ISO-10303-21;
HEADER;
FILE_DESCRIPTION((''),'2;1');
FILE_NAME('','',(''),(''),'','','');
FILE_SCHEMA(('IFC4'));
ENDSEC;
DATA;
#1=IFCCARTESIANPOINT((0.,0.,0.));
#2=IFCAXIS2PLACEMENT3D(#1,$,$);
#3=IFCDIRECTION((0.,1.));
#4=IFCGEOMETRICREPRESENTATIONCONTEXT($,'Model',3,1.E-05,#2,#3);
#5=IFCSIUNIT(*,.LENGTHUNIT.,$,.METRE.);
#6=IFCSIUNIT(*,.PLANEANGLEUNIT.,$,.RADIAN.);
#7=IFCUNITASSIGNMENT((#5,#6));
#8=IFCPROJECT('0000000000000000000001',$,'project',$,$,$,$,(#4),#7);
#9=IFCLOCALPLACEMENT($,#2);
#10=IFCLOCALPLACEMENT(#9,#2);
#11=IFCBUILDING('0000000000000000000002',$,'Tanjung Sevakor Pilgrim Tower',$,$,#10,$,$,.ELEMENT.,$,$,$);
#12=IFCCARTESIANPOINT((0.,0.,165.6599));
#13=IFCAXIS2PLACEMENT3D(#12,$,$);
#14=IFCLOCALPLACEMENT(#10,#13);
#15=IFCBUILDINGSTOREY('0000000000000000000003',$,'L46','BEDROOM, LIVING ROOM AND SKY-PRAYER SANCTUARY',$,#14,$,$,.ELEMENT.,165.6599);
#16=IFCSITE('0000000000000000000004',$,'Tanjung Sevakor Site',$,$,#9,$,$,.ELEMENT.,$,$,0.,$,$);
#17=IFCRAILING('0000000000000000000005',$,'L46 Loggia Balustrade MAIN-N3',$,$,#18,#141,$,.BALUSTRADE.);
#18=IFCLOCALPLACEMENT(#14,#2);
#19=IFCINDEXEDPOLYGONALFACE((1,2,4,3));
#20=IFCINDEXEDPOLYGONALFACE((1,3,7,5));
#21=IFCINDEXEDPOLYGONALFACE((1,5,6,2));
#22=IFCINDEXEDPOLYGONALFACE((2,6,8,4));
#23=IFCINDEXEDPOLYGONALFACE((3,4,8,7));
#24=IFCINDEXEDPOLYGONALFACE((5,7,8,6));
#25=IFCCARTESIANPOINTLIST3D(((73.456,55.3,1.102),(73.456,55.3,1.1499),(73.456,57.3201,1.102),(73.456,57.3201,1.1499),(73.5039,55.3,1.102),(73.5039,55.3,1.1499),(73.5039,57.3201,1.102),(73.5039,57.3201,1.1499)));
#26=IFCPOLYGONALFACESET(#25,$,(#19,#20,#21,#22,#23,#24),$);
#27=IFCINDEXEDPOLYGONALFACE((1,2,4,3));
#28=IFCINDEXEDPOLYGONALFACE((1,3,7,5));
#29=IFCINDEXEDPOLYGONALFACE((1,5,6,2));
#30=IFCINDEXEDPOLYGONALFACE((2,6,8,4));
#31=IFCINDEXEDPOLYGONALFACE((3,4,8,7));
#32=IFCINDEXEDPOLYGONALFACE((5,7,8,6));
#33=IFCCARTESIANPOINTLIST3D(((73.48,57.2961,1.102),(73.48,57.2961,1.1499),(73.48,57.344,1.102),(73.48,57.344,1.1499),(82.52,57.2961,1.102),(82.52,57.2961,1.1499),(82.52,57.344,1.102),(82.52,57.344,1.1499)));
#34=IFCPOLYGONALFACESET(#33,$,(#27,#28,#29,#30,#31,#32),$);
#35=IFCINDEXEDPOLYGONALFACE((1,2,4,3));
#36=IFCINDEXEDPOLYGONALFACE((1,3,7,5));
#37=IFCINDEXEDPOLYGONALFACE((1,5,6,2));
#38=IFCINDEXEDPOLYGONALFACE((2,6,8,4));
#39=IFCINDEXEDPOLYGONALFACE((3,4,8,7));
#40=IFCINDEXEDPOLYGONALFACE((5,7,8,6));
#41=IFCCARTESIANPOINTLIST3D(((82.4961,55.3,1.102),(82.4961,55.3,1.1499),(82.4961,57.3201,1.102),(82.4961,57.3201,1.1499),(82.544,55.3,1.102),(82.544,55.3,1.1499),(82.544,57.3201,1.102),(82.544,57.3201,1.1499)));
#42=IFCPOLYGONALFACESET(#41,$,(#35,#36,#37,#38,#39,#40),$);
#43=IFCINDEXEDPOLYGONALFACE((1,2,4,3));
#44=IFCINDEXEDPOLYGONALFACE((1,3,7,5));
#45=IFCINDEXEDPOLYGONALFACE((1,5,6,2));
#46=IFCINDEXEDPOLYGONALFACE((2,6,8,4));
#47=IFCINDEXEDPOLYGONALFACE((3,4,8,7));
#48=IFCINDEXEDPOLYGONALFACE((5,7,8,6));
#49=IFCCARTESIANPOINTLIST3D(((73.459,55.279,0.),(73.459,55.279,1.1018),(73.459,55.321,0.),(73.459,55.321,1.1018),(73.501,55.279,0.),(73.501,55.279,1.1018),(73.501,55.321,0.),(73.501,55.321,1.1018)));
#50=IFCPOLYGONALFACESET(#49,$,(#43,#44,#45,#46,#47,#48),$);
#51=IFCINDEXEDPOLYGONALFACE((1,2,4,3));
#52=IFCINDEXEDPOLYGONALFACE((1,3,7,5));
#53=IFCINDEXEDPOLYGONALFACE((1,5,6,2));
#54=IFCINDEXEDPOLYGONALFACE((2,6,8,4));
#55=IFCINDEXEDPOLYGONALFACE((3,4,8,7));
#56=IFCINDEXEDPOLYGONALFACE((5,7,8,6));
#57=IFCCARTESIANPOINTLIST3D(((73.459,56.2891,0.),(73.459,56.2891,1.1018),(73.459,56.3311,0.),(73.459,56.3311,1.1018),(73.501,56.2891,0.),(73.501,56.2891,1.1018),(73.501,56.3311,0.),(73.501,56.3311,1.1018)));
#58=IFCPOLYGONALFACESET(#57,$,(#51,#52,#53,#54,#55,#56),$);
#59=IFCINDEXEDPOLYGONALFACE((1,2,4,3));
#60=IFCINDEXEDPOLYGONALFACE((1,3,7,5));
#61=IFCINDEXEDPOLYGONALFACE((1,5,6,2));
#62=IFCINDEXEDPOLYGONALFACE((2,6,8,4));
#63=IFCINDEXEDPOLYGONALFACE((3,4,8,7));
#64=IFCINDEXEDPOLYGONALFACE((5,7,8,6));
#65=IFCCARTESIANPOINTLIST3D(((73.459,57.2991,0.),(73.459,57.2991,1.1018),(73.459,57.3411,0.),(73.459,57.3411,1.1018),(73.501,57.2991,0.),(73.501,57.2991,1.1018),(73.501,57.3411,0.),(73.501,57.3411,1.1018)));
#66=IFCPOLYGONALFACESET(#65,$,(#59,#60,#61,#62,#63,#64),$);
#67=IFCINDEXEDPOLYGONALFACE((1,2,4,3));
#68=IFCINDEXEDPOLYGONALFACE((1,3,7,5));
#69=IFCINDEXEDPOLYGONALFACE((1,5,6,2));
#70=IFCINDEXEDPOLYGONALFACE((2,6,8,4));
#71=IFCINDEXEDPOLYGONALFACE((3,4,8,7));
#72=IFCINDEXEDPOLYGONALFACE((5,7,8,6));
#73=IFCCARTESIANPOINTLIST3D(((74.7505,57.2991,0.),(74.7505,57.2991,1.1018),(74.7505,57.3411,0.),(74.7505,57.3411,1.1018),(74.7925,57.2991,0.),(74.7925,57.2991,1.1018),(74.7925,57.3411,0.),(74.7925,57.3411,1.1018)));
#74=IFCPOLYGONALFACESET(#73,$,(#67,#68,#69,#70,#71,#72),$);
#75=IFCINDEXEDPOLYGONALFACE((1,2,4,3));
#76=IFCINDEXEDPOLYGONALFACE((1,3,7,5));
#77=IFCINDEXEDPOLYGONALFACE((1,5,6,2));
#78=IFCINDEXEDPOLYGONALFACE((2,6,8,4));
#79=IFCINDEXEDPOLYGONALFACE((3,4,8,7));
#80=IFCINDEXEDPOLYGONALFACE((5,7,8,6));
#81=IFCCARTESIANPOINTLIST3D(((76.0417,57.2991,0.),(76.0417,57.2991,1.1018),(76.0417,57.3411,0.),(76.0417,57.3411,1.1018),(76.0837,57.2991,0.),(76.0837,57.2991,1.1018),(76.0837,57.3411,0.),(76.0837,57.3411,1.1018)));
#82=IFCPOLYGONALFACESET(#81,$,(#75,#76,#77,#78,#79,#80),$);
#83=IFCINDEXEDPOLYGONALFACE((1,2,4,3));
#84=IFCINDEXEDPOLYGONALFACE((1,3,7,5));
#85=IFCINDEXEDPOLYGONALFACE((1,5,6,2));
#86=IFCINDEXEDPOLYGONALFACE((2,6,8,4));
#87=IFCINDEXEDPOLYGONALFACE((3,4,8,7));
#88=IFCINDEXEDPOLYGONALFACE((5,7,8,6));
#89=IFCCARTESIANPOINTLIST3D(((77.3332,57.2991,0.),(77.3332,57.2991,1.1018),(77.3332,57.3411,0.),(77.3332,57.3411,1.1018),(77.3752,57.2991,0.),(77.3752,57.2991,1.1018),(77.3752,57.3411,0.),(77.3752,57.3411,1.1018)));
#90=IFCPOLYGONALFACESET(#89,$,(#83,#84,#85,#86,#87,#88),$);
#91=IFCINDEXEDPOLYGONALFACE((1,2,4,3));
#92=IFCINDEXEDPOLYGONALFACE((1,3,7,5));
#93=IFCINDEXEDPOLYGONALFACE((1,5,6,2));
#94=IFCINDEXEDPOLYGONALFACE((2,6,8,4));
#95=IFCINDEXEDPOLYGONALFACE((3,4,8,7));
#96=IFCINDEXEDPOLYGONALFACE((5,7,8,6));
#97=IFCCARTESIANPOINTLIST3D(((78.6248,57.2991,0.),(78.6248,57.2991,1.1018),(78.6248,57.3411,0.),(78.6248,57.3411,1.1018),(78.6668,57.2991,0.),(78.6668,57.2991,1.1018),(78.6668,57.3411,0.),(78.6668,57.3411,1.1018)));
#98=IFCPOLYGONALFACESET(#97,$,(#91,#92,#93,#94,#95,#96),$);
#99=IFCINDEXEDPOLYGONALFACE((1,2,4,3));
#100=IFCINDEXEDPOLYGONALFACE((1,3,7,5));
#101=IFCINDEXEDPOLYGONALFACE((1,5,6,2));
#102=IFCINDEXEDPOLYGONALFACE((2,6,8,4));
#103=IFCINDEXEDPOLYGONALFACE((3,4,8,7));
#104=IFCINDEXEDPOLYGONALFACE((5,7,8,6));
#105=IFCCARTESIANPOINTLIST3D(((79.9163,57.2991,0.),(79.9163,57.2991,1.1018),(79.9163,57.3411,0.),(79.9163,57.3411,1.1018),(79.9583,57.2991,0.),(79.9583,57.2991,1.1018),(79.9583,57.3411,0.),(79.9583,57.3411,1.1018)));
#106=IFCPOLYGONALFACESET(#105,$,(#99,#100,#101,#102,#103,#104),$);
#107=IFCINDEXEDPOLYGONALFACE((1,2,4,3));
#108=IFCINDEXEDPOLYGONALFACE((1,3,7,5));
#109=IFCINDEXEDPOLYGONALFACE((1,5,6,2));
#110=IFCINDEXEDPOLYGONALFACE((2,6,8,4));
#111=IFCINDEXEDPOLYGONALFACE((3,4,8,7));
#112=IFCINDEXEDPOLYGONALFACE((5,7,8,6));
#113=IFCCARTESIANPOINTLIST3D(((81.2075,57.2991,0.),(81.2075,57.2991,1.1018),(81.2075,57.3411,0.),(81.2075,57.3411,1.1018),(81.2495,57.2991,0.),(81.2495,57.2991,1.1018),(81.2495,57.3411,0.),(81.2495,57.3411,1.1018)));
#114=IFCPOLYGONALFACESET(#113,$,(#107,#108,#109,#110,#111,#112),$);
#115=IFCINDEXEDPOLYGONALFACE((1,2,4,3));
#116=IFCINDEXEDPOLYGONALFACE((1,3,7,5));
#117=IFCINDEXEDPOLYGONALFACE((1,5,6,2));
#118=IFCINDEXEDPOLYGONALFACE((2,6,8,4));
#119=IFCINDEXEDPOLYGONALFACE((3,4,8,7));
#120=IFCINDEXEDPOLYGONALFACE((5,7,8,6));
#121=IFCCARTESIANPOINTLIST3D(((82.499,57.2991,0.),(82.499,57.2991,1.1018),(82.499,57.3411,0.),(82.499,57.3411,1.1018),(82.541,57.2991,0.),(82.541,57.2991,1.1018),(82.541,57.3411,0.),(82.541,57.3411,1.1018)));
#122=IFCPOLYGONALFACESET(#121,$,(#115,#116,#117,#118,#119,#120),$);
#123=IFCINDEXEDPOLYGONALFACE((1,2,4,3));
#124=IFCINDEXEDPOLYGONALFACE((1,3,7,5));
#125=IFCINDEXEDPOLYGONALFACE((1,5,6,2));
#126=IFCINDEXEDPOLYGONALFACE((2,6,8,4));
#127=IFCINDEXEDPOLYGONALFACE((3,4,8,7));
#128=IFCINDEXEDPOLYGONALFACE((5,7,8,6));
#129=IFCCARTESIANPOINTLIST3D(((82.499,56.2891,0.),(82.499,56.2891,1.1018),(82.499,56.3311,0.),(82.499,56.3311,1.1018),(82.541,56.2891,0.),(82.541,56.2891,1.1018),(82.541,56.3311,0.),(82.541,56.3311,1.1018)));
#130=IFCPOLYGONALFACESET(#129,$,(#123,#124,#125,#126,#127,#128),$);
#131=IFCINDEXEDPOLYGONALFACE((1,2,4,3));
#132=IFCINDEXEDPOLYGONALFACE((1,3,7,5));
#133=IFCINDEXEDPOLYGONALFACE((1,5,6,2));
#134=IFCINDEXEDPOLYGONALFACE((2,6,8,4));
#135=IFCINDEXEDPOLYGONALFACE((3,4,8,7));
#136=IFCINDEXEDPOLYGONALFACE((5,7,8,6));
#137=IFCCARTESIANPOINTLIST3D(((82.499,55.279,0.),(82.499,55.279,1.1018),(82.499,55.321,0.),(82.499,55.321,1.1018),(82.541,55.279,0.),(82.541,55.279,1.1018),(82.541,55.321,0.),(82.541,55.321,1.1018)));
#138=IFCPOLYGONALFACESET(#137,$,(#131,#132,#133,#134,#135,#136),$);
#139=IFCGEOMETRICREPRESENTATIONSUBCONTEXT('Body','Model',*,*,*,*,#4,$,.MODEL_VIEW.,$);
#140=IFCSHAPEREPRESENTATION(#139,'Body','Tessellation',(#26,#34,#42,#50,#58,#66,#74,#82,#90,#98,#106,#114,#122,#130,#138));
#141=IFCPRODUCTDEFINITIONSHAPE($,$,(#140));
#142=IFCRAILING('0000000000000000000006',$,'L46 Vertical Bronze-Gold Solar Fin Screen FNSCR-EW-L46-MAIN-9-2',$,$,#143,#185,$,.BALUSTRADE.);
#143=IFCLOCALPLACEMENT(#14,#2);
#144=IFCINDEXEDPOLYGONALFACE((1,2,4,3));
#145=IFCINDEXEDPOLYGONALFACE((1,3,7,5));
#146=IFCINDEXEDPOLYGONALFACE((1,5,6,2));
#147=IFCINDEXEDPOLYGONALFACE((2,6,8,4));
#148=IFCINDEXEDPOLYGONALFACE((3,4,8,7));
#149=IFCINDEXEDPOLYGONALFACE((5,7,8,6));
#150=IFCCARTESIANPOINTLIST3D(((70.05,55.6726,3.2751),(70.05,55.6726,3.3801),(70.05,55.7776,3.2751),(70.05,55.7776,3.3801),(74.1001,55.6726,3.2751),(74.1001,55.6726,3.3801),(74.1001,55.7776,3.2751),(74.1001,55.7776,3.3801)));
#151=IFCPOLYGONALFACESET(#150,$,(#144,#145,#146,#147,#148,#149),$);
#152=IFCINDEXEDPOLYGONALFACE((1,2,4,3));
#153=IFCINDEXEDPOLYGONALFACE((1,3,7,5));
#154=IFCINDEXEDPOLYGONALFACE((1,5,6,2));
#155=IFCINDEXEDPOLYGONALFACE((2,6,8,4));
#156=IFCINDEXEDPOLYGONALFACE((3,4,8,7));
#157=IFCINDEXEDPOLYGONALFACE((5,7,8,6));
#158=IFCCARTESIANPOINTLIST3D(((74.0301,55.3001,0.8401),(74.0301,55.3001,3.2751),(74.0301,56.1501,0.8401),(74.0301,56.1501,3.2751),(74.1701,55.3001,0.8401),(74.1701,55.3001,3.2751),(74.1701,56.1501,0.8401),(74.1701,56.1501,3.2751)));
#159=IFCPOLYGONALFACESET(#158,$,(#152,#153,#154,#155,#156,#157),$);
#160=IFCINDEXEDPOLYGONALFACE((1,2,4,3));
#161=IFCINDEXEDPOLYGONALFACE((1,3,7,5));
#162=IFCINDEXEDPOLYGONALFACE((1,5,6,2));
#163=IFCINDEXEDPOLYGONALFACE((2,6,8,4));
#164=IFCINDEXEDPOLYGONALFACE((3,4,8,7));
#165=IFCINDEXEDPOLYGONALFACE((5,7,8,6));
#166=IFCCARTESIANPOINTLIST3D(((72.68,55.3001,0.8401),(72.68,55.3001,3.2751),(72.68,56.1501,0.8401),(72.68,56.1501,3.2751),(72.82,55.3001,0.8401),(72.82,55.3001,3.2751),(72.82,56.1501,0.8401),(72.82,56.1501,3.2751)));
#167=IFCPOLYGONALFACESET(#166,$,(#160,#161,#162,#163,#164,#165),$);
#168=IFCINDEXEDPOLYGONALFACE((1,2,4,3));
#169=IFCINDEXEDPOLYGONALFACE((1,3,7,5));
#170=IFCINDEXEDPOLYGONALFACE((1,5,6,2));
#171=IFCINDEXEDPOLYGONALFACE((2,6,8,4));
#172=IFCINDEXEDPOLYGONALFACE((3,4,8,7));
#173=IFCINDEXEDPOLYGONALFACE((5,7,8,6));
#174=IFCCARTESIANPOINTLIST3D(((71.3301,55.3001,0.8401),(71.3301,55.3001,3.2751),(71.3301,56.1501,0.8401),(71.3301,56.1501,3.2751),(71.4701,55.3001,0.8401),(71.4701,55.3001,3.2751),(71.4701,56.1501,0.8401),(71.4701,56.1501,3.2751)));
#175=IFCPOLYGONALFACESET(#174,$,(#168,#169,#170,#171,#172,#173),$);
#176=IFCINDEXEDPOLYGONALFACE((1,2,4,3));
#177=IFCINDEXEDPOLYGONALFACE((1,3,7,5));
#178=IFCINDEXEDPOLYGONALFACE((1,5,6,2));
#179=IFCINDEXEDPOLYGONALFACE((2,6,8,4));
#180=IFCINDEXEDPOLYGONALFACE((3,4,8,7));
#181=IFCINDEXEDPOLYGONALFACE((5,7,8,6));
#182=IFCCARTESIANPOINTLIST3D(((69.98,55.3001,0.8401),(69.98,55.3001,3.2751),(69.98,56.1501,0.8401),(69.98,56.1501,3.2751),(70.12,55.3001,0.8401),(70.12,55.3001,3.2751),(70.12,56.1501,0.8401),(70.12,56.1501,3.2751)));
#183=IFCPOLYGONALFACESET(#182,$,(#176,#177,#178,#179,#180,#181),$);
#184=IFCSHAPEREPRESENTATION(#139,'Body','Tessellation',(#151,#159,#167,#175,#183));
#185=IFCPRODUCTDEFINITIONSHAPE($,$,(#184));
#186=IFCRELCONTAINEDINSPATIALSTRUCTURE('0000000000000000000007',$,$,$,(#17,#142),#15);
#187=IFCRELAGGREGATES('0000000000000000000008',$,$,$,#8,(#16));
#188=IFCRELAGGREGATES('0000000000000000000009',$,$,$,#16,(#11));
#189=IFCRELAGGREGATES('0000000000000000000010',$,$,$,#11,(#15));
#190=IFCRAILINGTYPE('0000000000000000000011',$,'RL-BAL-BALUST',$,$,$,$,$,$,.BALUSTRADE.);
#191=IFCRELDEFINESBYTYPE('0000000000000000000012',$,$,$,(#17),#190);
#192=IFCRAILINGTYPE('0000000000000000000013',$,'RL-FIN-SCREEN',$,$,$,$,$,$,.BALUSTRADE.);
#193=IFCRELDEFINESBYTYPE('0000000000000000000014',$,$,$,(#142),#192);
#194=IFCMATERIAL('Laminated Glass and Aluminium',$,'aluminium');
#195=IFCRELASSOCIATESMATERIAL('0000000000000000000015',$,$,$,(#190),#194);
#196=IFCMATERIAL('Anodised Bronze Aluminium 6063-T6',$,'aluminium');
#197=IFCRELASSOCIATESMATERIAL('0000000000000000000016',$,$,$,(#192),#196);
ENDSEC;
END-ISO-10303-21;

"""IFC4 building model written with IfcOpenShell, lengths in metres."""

from ifc_helpers import new_model, si_unit, direction, frame, origin, place, context, subcontext, project, spatial, rectangle, extrude, material, type_object, element, save


model = new_model("IFC4")

# Units and contexts
model_context = context("Model", 3, precision=1e-05, world=origin(), true_north=direction((0.0, 1.0)))
body_context = subcontext(model_context, "Body", "Model", "MODEL_VIEW")
ifc_project = project(units=[si_unit("LENGTHUNIT", "METRE"), si_unit("PLANEANGLEUNIT", "RADIAN")], contexts=[model_context])

# Site, building, storey
site_placement = place(None, origin())
site = spatial("IfcSite", under=ifc_project, at=site_placement, Name="Tanjung Sevakor Site", CompositionType="ELEMENT", RefElevation=0.0)
building_placement = place(site_placement, origin())
building = spatial("IfcBuilding", under=site, at=building_placement, Name="Tanjung Sevakor Pilgrim Tower", CompositionType="ELEMENT")
storey_placement = place(building_placement, frame((0.0, 0.0, 165.6599)))
storey = spatial("IfcBuildingStorey", under=building, at=storey_placement, Name="L46", Description="BEDROOM, LIVING ROOM AND SKY-PRAYER SANCTUARY", CompositionType="ELEMENT", Elevation=165.6599)

# Railings
ifc_material_1 = material(Name="Laminated Glass and Aluminium", Category="aluminium")
railing_type_1 = type_object("IfcRailingType", Name="RL-BAL-BALUST", PredefinedType="BALUSTRADE", material=ifc_material_1)
railing_1_placement = place(storey_placement, frame((73.48, 55.3, 0.0)))
element("IfcRailing", 1, at=railing_1_placement, inside=storey, type_object=railing_type_1, Name="L46 Loggia Balustrade MAIN-N3", PredefinedType="BALUSTRADE", context=body_context, shape_type="SweptSolid", body=[
    extrude(rectangle(XDim=0.0479, YDim=0.0479), frame((0.0, 0.0, 1.126), z_axis=(0.0, 1.0, 0.0), x_axis=(-1.0, 0.0, 0.0)), (0.0, 0.0, 1.0), 2.02),
    extrude(rectangle(XDim=0.0479, YDim=0.0479), frame((0.0, 2.02, 1.126), z_axis=(1.0, 0.0, 0.0), x_axis=(0.0, 1.0, 0.0)), (0.0, 0.0, 1.0), 9.04),
    extrude(rectangle(XDim=0.0479, YDim=0.0479), frame((9.04, 2.02, 1.126), z_axis=(0.0, -1.0, 0.0), x_axis=(1.0, 0.0, 0.0)), (0.0, 0.0, 1.0), 2.02),
    extrude(rectangle(XDim=0.042, YDim=0.042), origin(), (0.0, 0.0, 1.0), 1.1018),
    extrude(rectangle(XDim=0.042, YDim=0.042), frame((0.0, 1.01, 0.0)), (0.0, 0.0, 1.0), 1.1018),
    extrude(rectangle(XDim=0.042, YDim=0.042), frame((0.0, 2.02, 0.0)), (0.0, 0.0, 1.0), 1.1018),
    extrude(rectangle(XDim=0.042, YDim=0.042), frame((1.2915, 2.02, 0.0)), (0.0, 0.0, 1.0), 1.1018),
    extrude(rectangle(XDim=0.042, YDim=0.042), frame((2.5828, 2.02, 0.0)), (0.0, 0.0, 1.0), 1.1018),
    extrude(rectangle(XDim=0.042, YDim=0.042), frame((3.8743, 2.02, 0.0)), (0.0, 0.0, 1.0), 1.1018),
    extrude(rectangle(XDim=0.042, YDim=0.042), frame((5.1658, 2.02, 0.0)), (0.0, 0.0, 1.0), 1.1018),
    extrude(rectangle(XDim=0.042, YDim=0.042), frame((6.4573, 2.02, 0.0)), (0.0, 0.0, 1.0), 1.1018),
    extrude(rectangle(XDim=0.042, YDim=0.042), frame((7.7485, 2.02, 0.0)), (0.0, 0.0, 1.0), 1.1018),
    extrude(rectangle(XDim=0.042, YDim=0.042), frame((9.04, 2.02, 0.0)), (0.0, 0.0, 1.0), 1.1018),
    extrude(rectangle(XDim=0.042, YDim=0.042), frame((9.04, 1.01, 0.0)), (0.0, 0.0, 1.0), 1.1018),
    extrude(rectangle(XDim=0.042, YDim=0.042), frame((9.04, 0.0, 0.0)), (0.0, 0.0, 1.0), 1.1018),
])
ifc_material_2 = material(Name="Anodised Bronze Aluminium 6063-T6", Category="aluminium")
railing_type_2 = type_object("IfcRailingType", Name="RL-FIN-SCREEN", PredefinedType="BALUSTRADE", material=ifc_material_2)
railing_2_placement = place(storey_placement, frame((74.1001, 55.7251, 0.8401)))
element("IfcRailing", 2, at=railing_2_placement, inside=storey, type_object=railing_type_2, Name="L46 Vertical Bronze-Gold Solar Fin Screen FNSCR-EW-L46-MAIN-9-2", PredefinedType="BALUSTRADE", context=body_context, shape_type="SweptSolid", body=[
    extrude(rectangle(XDim=0.105, YDim=0.105), frame((0.0, 0.0, 2.4875), z_axis=(-1.0, 0.0, 0.0), x_axis=(0.0, -1.0, 0.0)), (0.0, 0.0, 1.0), 4.05),
    extrude(rectangle(XDim=0.14, YDim=0.85), origin(), (0.0, 0.0, 1.0), 2.4351),
    extrude(rectangle(XDim=0.14, YDim=0.85), frame((-1.3501, 0.0, 0.0)), (0.0, 0.0, 1.0), 2.4351),
    extrude(rectangle(XDim=0.14, YDim=0.85), frame((-2.7, 0.0, 0.0)), (0.0, 0.0, 1.0), 2.4351),
    extrude(rectangle(XDim=0.14, YDim=0.85), frame((-4.05, 0.0, 0.0)), (0.0, 0.0, 1.0), 2.4351),
])

save(model, "model.ifc")
